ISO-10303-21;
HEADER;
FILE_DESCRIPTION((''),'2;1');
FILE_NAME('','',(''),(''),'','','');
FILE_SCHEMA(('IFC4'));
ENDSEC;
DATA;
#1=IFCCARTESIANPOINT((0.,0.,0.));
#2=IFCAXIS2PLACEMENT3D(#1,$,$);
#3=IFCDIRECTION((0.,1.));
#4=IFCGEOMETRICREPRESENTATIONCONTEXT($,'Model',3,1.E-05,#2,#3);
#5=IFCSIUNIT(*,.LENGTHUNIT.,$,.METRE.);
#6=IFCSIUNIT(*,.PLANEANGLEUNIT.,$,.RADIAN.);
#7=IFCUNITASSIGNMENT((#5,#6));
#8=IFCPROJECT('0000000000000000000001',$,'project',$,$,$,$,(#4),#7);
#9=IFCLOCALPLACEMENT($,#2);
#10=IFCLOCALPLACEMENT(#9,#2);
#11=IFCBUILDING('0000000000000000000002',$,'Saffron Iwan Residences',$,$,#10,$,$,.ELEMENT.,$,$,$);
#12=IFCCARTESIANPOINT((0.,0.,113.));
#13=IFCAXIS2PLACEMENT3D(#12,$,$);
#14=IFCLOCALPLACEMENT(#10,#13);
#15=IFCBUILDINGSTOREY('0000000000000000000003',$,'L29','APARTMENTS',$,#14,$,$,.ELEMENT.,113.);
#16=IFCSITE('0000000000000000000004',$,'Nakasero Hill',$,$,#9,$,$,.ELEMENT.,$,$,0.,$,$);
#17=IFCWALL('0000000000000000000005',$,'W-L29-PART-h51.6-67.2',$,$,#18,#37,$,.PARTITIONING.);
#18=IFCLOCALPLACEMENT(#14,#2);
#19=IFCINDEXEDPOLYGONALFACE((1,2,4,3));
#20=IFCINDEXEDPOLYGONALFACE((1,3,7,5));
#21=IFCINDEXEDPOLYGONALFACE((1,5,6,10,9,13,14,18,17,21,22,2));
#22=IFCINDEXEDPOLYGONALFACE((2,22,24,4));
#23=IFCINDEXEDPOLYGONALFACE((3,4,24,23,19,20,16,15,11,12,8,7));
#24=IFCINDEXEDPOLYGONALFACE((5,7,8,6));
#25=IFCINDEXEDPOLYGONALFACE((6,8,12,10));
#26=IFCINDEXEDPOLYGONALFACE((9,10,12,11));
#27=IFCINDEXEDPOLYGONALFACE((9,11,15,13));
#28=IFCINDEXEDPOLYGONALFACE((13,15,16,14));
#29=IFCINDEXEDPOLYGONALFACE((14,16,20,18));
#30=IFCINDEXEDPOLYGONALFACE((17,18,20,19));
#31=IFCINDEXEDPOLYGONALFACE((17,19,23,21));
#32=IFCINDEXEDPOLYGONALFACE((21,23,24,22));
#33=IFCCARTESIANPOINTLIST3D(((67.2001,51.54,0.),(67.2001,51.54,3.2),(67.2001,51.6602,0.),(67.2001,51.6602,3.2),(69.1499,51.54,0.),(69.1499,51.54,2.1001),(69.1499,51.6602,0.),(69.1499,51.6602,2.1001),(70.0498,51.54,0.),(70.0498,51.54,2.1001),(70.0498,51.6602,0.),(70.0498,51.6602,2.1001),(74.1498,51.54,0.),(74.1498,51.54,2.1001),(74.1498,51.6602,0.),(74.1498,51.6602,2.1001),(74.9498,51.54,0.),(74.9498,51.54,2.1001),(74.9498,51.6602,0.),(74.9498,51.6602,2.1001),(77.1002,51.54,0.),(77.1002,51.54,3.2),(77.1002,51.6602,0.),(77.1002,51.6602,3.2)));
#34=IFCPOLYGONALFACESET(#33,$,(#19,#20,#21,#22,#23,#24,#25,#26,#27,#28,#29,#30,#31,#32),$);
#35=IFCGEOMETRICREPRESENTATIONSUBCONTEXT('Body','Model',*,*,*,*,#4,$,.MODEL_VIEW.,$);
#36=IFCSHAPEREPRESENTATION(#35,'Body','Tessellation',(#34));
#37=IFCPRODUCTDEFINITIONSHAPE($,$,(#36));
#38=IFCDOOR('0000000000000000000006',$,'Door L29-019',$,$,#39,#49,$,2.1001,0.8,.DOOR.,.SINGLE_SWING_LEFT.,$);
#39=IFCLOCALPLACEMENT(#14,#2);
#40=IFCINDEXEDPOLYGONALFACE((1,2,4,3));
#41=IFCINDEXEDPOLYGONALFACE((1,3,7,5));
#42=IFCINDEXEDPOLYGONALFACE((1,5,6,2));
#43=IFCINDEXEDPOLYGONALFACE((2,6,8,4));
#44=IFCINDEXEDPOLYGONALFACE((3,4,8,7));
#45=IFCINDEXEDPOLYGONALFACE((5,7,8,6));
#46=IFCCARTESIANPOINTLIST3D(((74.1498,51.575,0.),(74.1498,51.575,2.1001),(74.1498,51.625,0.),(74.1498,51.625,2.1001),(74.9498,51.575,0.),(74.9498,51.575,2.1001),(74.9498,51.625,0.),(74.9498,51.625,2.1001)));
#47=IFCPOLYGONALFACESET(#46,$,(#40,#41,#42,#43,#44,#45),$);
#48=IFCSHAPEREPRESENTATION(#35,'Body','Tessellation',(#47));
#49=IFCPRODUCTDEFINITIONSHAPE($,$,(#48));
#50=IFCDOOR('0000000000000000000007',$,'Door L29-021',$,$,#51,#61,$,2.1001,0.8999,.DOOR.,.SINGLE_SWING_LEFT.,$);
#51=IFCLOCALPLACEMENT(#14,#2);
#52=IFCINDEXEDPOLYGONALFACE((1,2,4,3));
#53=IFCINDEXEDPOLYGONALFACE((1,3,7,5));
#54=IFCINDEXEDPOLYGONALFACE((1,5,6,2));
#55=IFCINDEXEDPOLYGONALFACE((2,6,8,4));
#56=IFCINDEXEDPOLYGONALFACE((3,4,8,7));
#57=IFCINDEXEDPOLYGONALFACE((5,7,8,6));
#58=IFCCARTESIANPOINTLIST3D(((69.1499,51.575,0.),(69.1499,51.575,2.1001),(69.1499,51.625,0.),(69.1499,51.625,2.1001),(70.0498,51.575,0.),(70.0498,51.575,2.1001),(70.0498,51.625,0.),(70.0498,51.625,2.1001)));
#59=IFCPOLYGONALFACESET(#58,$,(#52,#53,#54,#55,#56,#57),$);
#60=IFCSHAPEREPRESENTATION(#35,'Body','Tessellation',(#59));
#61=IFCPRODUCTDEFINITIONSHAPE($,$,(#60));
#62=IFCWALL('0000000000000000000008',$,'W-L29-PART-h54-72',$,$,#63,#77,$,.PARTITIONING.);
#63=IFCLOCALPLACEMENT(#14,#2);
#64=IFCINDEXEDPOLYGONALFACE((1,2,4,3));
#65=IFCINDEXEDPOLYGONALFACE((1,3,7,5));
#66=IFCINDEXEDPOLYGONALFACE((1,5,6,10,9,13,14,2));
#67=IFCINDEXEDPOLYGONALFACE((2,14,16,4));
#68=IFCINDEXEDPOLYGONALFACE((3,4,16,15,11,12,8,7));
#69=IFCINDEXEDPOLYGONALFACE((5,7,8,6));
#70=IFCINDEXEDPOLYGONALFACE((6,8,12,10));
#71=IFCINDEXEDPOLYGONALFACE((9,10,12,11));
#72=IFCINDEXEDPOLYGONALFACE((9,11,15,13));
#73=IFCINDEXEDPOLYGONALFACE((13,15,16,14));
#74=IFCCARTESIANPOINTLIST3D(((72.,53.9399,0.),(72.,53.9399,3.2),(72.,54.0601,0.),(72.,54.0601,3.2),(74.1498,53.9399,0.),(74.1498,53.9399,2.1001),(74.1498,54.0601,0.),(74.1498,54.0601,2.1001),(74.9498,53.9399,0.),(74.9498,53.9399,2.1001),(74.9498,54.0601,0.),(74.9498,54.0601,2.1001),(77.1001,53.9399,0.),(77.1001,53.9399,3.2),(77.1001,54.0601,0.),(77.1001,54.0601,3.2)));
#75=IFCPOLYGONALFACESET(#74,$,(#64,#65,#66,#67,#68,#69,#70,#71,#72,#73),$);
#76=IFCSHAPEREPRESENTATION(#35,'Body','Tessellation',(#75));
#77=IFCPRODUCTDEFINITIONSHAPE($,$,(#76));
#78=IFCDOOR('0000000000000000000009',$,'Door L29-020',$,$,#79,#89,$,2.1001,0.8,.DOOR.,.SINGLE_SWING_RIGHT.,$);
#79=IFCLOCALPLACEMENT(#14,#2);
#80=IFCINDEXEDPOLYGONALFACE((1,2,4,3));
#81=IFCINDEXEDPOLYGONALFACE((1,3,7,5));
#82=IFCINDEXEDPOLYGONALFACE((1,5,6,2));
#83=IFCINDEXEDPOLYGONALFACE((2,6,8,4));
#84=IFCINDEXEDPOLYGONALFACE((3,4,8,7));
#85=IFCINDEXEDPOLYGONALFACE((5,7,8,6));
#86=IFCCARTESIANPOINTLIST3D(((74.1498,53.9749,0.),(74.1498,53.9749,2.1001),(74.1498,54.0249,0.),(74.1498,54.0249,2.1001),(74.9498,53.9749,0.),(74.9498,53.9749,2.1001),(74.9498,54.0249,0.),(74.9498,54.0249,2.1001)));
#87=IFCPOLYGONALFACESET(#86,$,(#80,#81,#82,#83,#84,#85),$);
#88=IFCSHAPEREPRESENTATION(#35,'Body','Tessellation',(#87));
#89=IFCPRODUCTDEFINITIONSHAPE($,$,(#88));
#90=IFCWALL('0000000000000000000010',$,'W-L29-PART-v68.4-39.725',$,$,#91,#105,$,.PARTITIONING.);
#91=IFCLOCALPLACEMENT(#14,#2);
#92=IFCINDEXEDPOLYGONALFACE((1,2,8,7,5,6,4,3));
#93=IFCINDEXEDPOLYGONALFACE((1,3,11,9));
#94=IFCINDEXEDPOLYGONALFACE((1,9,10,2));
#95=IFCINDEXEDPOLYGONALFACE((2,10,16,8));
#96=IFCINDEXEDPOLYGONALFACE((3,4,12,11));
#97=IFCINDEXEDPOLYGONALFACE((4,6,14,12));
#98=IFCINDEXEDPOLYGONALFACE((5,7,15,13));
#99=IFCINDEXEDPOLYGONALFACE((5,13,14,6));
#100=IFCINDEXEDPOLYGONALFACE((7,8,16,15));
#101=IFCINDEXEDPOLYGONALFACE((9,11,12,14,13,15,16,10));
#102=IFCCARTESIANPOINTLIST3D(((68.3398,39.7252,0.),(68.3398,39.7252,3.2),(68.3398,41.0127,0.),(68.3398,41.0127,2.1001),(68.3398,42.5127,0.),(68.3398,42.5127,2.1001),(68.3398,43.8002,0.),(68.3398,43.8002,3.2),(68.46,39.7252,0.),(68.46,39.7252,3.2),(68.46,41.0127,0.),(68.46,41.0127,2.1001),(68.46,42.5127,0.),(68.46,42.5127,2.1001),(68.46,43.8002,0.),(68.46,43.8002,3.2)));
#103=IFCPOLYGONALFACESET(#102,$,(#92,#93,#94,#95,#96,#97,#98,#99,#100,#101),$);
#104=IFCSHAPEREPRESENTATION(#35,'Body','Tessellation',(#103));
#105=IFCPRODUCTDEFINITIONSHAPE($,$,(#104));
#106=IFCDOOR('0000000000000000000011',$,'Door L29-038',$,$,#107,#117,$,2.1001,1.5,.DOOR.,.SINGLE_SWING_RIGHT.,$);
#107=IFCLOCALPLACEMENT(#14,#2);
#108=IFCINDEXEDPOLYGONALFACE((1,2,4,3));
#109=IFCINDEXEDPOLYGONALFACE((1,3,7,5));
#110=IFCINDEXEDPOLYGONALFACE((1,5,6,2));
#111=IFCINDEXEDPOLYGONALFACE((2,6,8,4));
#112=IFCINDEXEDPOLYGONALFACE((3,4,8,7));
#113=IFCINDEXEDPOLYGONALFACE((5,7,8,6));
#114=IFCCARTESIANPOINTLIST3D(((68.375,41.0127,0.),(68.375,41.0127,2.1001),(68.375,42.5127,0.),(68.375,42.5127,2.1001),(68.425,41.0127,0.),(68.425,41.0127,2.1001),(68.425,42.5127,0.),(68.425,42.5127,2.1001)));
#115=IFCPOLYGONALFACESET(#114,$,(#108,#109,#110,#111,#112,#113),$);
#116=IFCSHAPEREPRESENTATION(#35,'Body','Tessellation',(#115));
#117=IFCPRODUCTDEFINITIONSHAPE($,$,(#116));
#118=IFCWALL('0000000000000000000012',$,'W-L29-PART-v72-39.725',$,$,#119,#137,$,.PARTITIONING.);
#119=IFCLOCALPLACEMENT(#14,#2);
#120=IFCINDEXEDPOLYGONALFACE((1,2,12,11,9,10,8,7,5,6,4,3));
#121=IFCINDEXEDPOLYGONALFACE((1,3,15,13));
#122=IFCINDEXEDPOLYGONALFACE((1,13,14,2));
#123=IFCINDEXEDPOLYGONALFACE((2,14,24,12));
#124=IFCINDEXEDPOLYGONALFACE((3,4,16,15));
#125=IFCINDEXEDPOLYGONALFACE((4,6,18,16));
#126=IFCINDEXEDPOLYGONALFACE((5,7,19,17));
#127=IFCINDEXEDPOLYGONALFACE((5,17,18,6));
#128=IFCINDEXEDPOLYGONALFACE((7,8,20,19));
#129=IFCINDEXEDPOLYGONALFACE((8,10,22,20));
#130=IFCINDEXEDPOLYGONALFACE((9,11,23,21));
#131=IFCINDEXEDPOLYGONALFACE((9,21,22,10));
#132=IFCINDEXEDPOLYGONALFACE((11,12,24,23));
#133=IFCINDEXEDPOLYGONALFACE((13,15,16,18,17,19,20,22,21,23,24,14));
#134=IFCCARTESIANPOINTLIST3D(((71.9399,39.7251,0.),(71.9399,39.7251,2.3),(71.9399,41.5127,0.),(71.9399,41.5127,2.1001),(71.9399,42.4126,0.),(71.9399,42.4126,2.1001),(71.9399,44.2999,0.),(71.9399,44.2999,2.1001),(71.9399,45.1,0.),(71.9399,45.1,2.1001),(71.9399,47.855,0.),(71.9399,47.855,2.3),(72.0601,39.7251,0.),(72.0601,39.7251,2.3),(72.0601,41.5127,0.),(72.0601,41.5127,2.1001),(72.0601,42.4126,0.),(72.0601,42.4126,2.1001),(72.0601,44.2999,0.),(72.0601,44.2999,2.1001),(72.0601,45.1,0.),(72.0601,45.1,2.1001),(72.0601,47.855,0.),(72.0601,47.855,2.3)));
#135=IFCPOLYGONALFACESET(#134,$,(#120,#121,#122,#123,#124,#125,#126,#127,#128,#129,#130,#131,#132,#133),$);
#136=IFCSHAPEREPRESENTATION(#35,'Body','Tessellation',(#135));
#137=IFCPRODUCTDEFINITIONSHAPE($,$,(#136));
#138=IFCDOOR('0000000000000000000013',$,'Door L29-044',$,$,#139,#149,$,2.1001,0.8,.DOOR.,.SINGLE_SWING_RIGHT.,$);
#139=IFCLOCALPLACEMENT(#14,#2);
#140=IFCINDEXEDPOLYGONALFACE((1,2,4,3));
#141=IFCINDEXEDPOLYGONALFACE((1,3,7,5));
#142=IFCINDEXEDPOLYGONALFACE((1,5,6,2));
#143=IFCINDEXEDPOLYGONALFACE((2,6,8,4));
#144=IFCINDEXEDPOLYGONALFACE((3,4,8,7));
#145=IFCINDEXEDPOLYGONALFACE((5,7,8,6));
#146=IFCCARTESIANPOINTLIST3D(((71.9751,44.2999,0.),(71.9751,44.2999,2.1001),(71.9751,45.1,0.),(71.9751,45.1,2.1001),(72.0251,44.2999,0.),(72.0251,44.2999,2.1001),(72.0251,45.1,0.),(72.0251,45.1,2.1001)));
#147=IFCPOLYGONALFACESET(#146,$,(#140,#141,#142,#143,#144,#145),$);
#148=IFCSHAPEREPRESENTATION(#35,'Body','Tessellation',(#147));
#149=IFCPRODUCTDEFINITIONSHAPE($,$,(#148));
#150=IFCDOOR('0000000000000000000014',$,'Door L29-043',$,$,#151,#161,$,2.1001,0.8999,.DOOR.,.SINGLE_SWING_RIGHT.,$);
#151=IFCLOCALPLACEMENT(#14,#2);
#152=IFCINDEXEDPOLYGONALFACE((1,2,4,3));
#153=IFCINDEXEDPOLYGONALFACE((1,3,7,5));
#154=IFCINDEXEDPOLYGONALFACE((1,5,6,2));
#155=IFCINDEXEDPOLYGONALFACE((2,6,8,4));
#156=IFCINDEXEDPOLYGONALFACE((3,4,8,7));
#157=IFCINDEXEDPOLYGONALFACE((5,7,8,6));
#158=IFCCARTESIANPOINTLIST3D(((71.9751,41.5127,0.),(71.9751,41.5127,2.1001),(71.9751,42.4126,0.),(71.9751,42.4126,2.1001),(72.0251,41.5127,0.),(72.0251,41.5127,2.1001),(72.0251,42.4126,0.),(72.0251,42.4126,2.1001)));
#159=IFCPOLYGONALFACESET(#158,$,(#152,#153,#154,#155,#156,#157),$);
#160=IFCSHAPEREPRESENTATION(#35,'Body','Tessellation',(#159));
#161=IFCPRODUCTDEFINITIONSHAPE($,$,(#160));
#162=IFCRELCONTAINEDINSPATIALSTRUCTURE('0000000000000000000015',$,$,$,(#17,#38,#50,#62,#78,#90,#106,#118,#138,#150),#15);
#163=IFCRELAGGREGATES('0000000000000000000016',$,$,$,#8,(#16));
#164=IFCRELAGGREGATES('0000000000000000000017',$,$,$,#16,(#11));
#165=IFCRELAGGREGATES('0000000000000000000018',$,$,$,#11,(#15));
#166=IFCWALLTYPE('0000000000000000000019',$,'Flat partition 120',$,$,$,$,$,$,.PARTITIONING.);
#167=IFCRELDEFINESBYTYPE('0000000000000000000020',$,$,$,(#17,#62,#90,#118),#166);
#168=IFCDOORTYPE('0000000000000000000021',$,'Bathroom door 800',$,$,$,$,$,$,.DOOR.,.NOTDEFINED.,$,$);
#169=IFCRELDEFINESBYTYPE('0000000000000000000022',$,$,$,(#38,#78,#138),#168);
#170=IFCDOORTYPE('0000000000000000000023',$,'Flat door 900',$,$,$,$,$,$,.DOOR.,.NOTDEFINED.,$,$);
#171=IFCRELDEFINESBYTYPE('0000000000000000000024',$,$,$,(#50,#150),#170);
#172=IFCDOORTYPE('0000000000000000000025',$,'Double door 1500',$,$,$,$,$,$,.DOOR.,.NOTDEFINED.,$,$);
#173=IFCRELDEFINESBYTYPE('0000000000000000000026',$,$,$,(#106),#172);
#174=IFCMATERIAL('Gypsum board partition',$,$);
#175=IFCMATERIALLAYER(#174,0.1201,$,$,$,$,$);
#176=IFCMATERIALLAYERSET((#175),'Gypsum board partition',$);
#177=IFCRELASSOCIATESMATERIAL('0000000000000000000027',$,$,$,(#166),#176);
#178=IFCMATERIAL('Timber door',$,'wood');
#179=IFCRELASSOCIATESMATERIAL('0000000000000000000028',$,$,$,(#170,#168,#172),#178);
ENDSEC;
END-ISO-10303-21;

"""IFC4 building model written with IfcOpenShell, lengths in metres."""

from ifc_helpers import new_model, si_unit, direction, frame, frame_2d, origin, place, context, subcontext, project, spatial, rectangle, extrude, material, layer, layer_set, type_object, element, fill, save


model = new_model("IFC4")

# Units and contexts
model_context = context("Model", 3, precision=1e-05, world=origin(), true_north=direction((0.0, 1.0)))
body_context = subcontext(model_context, "Body", "Model", "MODEL_VIEW")
ifc_project = project(units=[si_unit("LENGTHUNIT", "METRE"), si_unit("PLANEANGLEUNIT", "RADIAN")], contexts=[model_context])

# Site, building, storey
site_placement = place(None, origin())
site = spatial("IfcSite", under=ifc_project, at=site_placement, Name="Nakasero Hill", CompositionType="ELEMENT", RefElevation=0.0)
building_placement = place(site_placement, origin())
building = spatial("IfcBuilding", under=site, at=building_placement, Name="Saffron Iwan Residences", CompositionType="ELEMENT")
storey_placement = place(building_placement, frame((0.0, 0.0, 113.0)))
storey = spatial("IfcBuildingStorey", under=building, at=storey_placement, Name="L29", Description="APARTMENTS", CompositionType="ELEMENT", Elevation=113.0)

# Shared definitions
ifc_material_1 = material(Name="Gypsum board partition")
ifc_layer_1 = layer(ifc_material_1, 0.1201)
ifc_layer_set_1 = layer_set([ifc_layer_1], Name="Gypsum board partition")
wall_type_1 = type_object("IfcWallType", Name="Flat partition 120", PredefinedType="PARTITIONING", material=ifc_layer_set_1)
ifc_material_2 = material(Name="Timber door", Category="wood")
door_type_1 = type_object("IfcDoorType", Name="Flat door 900", OperationType="NOTDEFINED", PredefinedType="DOOR", material=ifc_material_2)

# Wall, openings, doors
wall_1_placement = place(storey_placement, frame((67.2, 51.6001, 0.0), z_axis=(0.0, 0.0, 1.0), x_axis=(1.0, 0.0, 0.0)))
wall_1 = element("IfcWall", 1, at=wall_1_placement, inside=storey, type_object=wall_type_1, Name="W-L29-PART-h51.6-67.2", PredefinedType="PARTITIONING", context=body_context, shape_type="SweptSolid", body=[
    extrude(rectangle(XDim=9.9001, YDim=0.1201, at=frame_2d((4.9502, 0.0))), origin(), (0.0, 0.0, 1.0), 3.2),
])
opening_1_placement = place(wall_1_placement, frame((6.95, 0.0, 0.0)))
opening_1 = element("IfcOpeningElement", 2, at=opening_1_placement, cuts=wall_1, PredefinedType="OPENING", context=body_context, shape_type="SweptSolid", body=[
    extrude(rectangle(XDim=0.8, YDim=2.1001, at=frame_2d((0.3999, 1.05))), frame((0.0, 0.0701, 0.0), z_axis=(0.0, -1.0, 0.0), x_axis=(1.0, 0.0, 0.0)), (0.0, 0.0, 1.0), 0.1401),
])
opening_2_placement = place(wall_1_placement, frame((1.95, 0.0, 0.0)))
opening_2 = element("IfcOpeningElement", 3, at=opening_2_placement, cuts=wall_1, PredefinedType="OPENING", context=body_context, shape_type="SweptSolid", body=[
    extrude(rectangle(XDim=0.8999, YDim=2.1001, at=frame_2d((0.45, 1.05))), frame((0.0, 0.0701, 0.0), z_axis=(0.0, -1.0, 0.0), x_axis=(1.0, 0.0, 0.0)), (0.0, 0.0, 1.0), 0.1401),
])
door_type_2 = type_object("IfcDoorType", Name="Bathroom door 800", OperationType="NOTDEFINED", PredefinedType="DOOR", material=ifc_material_2)
door_1_placement = place(opening_1_placement, origin())
door_1 = element("IfcDoor", 4, at=door_1_placement, inside=storey, type_object=door_type_2, Name="Door L29-019", OperationType="SINGLE_SWING_LEFT", OverallHeight=2.1001, OverallWidth=0.8, PredefinedType="DOOR", context=body_context, shape_type="SweptSolid", body=[
    extrude(rectangle(XDim=0.8, YDim=2.1001, at=frame_2d((0.3999, 1.05))), frame((0.0, 0.0249, 0.0), z_axis=(0.0, -1.0, 0.0), x_axis=(1.0, 0.0, 0.0)), (0.0, 0.0, 1.0), 0.05),
])
fill(opening_1, door_1)
door_2_placement = place(opening_2_placement, origin())
door_2 = element("IfcDoor", 5, at=door_2_placement, inside=storey, type_object=door_type_1, Name="Door L29-021", OperationType="SINGLE_SWING_LEFT", OverallHeight=2.1001, OverallWidth=0.8999, PredefinedType="DOOR", context=body_context, shape_type="SweptSolid", body=[
    extrude(rectangle(XDim=0.8999, YDim=2.1001, at=frame_2d((0.45, 1.05))), frame((0.0, 0.0249, 0.0), z_axis=(0.0, -1.0, 0.0), x_axis=(1.0, 0.0, 0.0)), (0.0, 0.0, 1.0), 0.05),
])
fill(opening_2, door_2)

# Walls, openings, doors
wall_2_placement = place(storey_placement, frame((72.0, 54.0, 0.0), z_axis=(0.0, 0.0, 1.0), x_axis=(1.0, 0.0, 0.0)))
wall_2 = element("IfcWall", 6, at=wall_2_placement, inside=storey, type_object=wall_type_1, Name="W-L29-PART-h54-72", PredefinedType="PARTITIONING", context=body_context, shape_type="SweptSolid", body=[
    extrude(rectangle(XDim=5.1001, YDim=0.1201, at=frame_2d((2.55, 0.0))), origin(), (0.0, 0.0, 1.0), 3.2),
])
opening_3_placement = place(wall_2_placement, frame((2.1499, 0.0, 0.0)))
opening_3 = element("IfcOpeningElement", 7, at=opening_3_placement, cuts=wall_2, PredefinedType="OPENING", context=body_context, shape_type="SweptSolid", body=[
    extrude(rectangle(XDim=0.8, YDim=2.1001, at=frame_2d((0.3999, 1.05))), frame((0.0, 0.0701, 0.0), z_axis=(0.0, -1.0, 0.0), x_axis=(1.0, 0.0, 0.0)), (0.0, 0.0, 1.0), 0.1401),
])
door_3_placement = place(opening_3_placement, origin())
door_3 = element("IfcDoor", 8, at=door_3_placement, inside=storey, type_object=door_type_2, Name="Door L29-020", OperationType="SINGLE_SWING_RIGHT", OverallHeight=2.1001, OverallWidth=0.8, PredefinedType="DOOR", context=body_context, shape_type="SweptSolid", body=[
    extrude(rectangle(XDim=0.8, YDim=2.1001, at=frame_2d((0.3999, 1.05))), frame((0.0, 0.0249, 0.0), z_axis=(0.0, -1.0, 0.0), x_axis=(1.0, 0.0, 0.0)), (0.0, 0.0, 1.0), 0.05),
])
fill(opening_3, door_3)
wall_3_placement = place(storey_placement, frame((68.3999, 39.7251, 0.0), z_axis=(0.0, 0.0, 1.0), x_axis=(0.0, 1.0, 0.0)))
wall_3 = element("IfcWall", 9, at=wall_3_placement, inside=storey, type_object=wall_type_1, Name="W-L29-PART-v68.4-39.725", PredefinedType="PARTITIONING", context=body_context, shape_type="SweptSolid", body=[
    extrude(rectangle(XDim=4.075, YDim=0.1201, at=frame_2d((2.0376, 0.0))), origin(), (0.0, 0.0, 1.0), 3.2),
])
opening_4_placement = place(wall_3_placement, frame((1.2876, 0.0, 0.0)))
opening_4 = element("IfcOpeningElement", 10, at=opening_4_placement, cuts=wall_3, PredefinedType="OPENING", context=body_context, shape_type="SweptSolid", body=[
    extrude(rectangle(XDim=1.5, YDim=2.1001, at=frame_2d((0.75, 1.05))), frame((0.0, 0.0701, 0.0), z_axis=(0.0, -1.0, 0.0), x_axis=(1.0, 0.0, 0.0)), (0.0, 0.0, 1.0), 0.1401),
])
door_type_3 = type_object("IfcDoorType", Name="Double door 1500", OperationType="NOTDEFINED", PredefinedType="DOOR", material=ifc_material_2)
door_4_placement = place(opening_4_placement, origin())
door_4 = element("IfcDoor", 11, at=door_4_placement, inside=storey, type_object=door_type_3, Name="Door L29-038", OperationType="SINGLE_SWING_RIGHT", OverallHeight=2.1001, OverallWidth=1.5, PredefinedType="DOOR", context=body_context, shape_type="SweptSolid", body=[
    extrude(rectangle(XDim=1.5, YDim=2.1001, at=frame_2d((0.75, 1.05))), frame((0.0, 0.0249, 0.0), z_axis=(0.0, -1.0, 0.0), x_axis=(1.0, 0.0, 0.0)), (0.0, 0.0, 1.0), 0.05),
])
fill(opening_4, door_4)

# Wall, openings, doors
wall_4_placement = place(storey_placement, frame((72.0, 39.7251, 0.0), z_axis=(0.0, 0.0, 1.0), x_axis=(0.0, 1.0, 0.0)))
wall_4 = element("IfcWall", 12, at=wall_4_placement, inside=storey, type_object=wall_type_1, Name="W-L29-PART-v72-39.725", PredefinedType="PARTITIONING", context=body_context, shape_type="SweptSolid", body=[
    extrude(rectangle(XDim=8.1299, YDim=0.1201, at=frame_2d((4.0649, 0.0))), origin(), (0.0, 0.0, 1.0), 2.3),
])
opening_5_placement = place(wall_4_placement, frame((1.7876, 0.0, 0.0)))
opening_5 = element("IfcOpeningElement", 13, at=opening_5_placement, cuts=wall_4, PredefinedType="OPENING", context=body_context, shape_type="SweptSolid", body=[
    extrude(rectangle(XDim=0.8999, YDim=2.1001, at=frame_2d((0.45, 1.05))), frame((0.0, 0.0701, 0.0), z_axis=(0.0, -1.0, 0.0), x_axis=(1.0, 0.0, 0.0)), (0.0, 0.0, 1.0), 0.1401),
])
opening_6_placement = place(wall_4_placement, frame((4.575, 0.0, 0.0)))
opening_6 = element("IfcOpeningElement", 14, at=opening_6_placement, cuts=wall_4, PredefinedType="OPENING", context=body_context, shape_type="SweptSolid", body=[
    extrude(rectangle(XDim=0.8, YDim=2.1001, at=frame_2d((0.3999, 1.05))), frame((0.0, 0.0701, 0.0), z_axis=(0.0, -1.0, 0.0), x_axis=(1.0, 0.0, 0.0)), (0.0, 0.0, 1.0), 0.1401),
])
door_5_placement = place(opening_6_placement, origin())
door_5 = element("IfcDoor", 15, at=door_5_placement, inside=storey, type_object=door_type_2, Name="Door L29-044", OperationType="SINGLE_SWING_RIGHT", OverallHeight=2.1001, OverallWidth=0.8, PredefinedType="DOOR", context=body_context, shape_type="SweptSolid", body=[
    extrude(rectangle(XDim=0.8, YDim=2.1001, at=frame_2d((0.3999, 1.05))), frame((0.0, 0.0249, 0.0), z_axis=(0.0, -1.0, 0.0), x_axis=(1.0, 0.0, 0.0)), (0.0, 0.0, 1.0), 0.05),
])
fill(opening_6, door_5)
door_6_placement = place(opening_5_placement, origin())
door_6 = element("IfcDoor", 16, at=door_6_placement, inside=storey, type_object=door_type_1, Name="Door L29-043", OperationType="SINGLE_SWING_RIGHT", OverallHeight=2.1001, OverallWidth=0.8999, PredefinedType="DOOR", context=body_context, shape_type="SweptSolid", body=[
    extrude(rectangle(XDim=0.8999, YDim=2.1001, at=frame_2d((0.45, 1.05))), frame((0.0, 0.0249, 0.0), z_axis=(0.0, -1.0, 0.0), x_axis=(1.0, 0.0, 0.0)), (0.0, 0.0, 1.0), 0.05),
])
fill(opening_5, door_6)

save(model, "model.ifc")
